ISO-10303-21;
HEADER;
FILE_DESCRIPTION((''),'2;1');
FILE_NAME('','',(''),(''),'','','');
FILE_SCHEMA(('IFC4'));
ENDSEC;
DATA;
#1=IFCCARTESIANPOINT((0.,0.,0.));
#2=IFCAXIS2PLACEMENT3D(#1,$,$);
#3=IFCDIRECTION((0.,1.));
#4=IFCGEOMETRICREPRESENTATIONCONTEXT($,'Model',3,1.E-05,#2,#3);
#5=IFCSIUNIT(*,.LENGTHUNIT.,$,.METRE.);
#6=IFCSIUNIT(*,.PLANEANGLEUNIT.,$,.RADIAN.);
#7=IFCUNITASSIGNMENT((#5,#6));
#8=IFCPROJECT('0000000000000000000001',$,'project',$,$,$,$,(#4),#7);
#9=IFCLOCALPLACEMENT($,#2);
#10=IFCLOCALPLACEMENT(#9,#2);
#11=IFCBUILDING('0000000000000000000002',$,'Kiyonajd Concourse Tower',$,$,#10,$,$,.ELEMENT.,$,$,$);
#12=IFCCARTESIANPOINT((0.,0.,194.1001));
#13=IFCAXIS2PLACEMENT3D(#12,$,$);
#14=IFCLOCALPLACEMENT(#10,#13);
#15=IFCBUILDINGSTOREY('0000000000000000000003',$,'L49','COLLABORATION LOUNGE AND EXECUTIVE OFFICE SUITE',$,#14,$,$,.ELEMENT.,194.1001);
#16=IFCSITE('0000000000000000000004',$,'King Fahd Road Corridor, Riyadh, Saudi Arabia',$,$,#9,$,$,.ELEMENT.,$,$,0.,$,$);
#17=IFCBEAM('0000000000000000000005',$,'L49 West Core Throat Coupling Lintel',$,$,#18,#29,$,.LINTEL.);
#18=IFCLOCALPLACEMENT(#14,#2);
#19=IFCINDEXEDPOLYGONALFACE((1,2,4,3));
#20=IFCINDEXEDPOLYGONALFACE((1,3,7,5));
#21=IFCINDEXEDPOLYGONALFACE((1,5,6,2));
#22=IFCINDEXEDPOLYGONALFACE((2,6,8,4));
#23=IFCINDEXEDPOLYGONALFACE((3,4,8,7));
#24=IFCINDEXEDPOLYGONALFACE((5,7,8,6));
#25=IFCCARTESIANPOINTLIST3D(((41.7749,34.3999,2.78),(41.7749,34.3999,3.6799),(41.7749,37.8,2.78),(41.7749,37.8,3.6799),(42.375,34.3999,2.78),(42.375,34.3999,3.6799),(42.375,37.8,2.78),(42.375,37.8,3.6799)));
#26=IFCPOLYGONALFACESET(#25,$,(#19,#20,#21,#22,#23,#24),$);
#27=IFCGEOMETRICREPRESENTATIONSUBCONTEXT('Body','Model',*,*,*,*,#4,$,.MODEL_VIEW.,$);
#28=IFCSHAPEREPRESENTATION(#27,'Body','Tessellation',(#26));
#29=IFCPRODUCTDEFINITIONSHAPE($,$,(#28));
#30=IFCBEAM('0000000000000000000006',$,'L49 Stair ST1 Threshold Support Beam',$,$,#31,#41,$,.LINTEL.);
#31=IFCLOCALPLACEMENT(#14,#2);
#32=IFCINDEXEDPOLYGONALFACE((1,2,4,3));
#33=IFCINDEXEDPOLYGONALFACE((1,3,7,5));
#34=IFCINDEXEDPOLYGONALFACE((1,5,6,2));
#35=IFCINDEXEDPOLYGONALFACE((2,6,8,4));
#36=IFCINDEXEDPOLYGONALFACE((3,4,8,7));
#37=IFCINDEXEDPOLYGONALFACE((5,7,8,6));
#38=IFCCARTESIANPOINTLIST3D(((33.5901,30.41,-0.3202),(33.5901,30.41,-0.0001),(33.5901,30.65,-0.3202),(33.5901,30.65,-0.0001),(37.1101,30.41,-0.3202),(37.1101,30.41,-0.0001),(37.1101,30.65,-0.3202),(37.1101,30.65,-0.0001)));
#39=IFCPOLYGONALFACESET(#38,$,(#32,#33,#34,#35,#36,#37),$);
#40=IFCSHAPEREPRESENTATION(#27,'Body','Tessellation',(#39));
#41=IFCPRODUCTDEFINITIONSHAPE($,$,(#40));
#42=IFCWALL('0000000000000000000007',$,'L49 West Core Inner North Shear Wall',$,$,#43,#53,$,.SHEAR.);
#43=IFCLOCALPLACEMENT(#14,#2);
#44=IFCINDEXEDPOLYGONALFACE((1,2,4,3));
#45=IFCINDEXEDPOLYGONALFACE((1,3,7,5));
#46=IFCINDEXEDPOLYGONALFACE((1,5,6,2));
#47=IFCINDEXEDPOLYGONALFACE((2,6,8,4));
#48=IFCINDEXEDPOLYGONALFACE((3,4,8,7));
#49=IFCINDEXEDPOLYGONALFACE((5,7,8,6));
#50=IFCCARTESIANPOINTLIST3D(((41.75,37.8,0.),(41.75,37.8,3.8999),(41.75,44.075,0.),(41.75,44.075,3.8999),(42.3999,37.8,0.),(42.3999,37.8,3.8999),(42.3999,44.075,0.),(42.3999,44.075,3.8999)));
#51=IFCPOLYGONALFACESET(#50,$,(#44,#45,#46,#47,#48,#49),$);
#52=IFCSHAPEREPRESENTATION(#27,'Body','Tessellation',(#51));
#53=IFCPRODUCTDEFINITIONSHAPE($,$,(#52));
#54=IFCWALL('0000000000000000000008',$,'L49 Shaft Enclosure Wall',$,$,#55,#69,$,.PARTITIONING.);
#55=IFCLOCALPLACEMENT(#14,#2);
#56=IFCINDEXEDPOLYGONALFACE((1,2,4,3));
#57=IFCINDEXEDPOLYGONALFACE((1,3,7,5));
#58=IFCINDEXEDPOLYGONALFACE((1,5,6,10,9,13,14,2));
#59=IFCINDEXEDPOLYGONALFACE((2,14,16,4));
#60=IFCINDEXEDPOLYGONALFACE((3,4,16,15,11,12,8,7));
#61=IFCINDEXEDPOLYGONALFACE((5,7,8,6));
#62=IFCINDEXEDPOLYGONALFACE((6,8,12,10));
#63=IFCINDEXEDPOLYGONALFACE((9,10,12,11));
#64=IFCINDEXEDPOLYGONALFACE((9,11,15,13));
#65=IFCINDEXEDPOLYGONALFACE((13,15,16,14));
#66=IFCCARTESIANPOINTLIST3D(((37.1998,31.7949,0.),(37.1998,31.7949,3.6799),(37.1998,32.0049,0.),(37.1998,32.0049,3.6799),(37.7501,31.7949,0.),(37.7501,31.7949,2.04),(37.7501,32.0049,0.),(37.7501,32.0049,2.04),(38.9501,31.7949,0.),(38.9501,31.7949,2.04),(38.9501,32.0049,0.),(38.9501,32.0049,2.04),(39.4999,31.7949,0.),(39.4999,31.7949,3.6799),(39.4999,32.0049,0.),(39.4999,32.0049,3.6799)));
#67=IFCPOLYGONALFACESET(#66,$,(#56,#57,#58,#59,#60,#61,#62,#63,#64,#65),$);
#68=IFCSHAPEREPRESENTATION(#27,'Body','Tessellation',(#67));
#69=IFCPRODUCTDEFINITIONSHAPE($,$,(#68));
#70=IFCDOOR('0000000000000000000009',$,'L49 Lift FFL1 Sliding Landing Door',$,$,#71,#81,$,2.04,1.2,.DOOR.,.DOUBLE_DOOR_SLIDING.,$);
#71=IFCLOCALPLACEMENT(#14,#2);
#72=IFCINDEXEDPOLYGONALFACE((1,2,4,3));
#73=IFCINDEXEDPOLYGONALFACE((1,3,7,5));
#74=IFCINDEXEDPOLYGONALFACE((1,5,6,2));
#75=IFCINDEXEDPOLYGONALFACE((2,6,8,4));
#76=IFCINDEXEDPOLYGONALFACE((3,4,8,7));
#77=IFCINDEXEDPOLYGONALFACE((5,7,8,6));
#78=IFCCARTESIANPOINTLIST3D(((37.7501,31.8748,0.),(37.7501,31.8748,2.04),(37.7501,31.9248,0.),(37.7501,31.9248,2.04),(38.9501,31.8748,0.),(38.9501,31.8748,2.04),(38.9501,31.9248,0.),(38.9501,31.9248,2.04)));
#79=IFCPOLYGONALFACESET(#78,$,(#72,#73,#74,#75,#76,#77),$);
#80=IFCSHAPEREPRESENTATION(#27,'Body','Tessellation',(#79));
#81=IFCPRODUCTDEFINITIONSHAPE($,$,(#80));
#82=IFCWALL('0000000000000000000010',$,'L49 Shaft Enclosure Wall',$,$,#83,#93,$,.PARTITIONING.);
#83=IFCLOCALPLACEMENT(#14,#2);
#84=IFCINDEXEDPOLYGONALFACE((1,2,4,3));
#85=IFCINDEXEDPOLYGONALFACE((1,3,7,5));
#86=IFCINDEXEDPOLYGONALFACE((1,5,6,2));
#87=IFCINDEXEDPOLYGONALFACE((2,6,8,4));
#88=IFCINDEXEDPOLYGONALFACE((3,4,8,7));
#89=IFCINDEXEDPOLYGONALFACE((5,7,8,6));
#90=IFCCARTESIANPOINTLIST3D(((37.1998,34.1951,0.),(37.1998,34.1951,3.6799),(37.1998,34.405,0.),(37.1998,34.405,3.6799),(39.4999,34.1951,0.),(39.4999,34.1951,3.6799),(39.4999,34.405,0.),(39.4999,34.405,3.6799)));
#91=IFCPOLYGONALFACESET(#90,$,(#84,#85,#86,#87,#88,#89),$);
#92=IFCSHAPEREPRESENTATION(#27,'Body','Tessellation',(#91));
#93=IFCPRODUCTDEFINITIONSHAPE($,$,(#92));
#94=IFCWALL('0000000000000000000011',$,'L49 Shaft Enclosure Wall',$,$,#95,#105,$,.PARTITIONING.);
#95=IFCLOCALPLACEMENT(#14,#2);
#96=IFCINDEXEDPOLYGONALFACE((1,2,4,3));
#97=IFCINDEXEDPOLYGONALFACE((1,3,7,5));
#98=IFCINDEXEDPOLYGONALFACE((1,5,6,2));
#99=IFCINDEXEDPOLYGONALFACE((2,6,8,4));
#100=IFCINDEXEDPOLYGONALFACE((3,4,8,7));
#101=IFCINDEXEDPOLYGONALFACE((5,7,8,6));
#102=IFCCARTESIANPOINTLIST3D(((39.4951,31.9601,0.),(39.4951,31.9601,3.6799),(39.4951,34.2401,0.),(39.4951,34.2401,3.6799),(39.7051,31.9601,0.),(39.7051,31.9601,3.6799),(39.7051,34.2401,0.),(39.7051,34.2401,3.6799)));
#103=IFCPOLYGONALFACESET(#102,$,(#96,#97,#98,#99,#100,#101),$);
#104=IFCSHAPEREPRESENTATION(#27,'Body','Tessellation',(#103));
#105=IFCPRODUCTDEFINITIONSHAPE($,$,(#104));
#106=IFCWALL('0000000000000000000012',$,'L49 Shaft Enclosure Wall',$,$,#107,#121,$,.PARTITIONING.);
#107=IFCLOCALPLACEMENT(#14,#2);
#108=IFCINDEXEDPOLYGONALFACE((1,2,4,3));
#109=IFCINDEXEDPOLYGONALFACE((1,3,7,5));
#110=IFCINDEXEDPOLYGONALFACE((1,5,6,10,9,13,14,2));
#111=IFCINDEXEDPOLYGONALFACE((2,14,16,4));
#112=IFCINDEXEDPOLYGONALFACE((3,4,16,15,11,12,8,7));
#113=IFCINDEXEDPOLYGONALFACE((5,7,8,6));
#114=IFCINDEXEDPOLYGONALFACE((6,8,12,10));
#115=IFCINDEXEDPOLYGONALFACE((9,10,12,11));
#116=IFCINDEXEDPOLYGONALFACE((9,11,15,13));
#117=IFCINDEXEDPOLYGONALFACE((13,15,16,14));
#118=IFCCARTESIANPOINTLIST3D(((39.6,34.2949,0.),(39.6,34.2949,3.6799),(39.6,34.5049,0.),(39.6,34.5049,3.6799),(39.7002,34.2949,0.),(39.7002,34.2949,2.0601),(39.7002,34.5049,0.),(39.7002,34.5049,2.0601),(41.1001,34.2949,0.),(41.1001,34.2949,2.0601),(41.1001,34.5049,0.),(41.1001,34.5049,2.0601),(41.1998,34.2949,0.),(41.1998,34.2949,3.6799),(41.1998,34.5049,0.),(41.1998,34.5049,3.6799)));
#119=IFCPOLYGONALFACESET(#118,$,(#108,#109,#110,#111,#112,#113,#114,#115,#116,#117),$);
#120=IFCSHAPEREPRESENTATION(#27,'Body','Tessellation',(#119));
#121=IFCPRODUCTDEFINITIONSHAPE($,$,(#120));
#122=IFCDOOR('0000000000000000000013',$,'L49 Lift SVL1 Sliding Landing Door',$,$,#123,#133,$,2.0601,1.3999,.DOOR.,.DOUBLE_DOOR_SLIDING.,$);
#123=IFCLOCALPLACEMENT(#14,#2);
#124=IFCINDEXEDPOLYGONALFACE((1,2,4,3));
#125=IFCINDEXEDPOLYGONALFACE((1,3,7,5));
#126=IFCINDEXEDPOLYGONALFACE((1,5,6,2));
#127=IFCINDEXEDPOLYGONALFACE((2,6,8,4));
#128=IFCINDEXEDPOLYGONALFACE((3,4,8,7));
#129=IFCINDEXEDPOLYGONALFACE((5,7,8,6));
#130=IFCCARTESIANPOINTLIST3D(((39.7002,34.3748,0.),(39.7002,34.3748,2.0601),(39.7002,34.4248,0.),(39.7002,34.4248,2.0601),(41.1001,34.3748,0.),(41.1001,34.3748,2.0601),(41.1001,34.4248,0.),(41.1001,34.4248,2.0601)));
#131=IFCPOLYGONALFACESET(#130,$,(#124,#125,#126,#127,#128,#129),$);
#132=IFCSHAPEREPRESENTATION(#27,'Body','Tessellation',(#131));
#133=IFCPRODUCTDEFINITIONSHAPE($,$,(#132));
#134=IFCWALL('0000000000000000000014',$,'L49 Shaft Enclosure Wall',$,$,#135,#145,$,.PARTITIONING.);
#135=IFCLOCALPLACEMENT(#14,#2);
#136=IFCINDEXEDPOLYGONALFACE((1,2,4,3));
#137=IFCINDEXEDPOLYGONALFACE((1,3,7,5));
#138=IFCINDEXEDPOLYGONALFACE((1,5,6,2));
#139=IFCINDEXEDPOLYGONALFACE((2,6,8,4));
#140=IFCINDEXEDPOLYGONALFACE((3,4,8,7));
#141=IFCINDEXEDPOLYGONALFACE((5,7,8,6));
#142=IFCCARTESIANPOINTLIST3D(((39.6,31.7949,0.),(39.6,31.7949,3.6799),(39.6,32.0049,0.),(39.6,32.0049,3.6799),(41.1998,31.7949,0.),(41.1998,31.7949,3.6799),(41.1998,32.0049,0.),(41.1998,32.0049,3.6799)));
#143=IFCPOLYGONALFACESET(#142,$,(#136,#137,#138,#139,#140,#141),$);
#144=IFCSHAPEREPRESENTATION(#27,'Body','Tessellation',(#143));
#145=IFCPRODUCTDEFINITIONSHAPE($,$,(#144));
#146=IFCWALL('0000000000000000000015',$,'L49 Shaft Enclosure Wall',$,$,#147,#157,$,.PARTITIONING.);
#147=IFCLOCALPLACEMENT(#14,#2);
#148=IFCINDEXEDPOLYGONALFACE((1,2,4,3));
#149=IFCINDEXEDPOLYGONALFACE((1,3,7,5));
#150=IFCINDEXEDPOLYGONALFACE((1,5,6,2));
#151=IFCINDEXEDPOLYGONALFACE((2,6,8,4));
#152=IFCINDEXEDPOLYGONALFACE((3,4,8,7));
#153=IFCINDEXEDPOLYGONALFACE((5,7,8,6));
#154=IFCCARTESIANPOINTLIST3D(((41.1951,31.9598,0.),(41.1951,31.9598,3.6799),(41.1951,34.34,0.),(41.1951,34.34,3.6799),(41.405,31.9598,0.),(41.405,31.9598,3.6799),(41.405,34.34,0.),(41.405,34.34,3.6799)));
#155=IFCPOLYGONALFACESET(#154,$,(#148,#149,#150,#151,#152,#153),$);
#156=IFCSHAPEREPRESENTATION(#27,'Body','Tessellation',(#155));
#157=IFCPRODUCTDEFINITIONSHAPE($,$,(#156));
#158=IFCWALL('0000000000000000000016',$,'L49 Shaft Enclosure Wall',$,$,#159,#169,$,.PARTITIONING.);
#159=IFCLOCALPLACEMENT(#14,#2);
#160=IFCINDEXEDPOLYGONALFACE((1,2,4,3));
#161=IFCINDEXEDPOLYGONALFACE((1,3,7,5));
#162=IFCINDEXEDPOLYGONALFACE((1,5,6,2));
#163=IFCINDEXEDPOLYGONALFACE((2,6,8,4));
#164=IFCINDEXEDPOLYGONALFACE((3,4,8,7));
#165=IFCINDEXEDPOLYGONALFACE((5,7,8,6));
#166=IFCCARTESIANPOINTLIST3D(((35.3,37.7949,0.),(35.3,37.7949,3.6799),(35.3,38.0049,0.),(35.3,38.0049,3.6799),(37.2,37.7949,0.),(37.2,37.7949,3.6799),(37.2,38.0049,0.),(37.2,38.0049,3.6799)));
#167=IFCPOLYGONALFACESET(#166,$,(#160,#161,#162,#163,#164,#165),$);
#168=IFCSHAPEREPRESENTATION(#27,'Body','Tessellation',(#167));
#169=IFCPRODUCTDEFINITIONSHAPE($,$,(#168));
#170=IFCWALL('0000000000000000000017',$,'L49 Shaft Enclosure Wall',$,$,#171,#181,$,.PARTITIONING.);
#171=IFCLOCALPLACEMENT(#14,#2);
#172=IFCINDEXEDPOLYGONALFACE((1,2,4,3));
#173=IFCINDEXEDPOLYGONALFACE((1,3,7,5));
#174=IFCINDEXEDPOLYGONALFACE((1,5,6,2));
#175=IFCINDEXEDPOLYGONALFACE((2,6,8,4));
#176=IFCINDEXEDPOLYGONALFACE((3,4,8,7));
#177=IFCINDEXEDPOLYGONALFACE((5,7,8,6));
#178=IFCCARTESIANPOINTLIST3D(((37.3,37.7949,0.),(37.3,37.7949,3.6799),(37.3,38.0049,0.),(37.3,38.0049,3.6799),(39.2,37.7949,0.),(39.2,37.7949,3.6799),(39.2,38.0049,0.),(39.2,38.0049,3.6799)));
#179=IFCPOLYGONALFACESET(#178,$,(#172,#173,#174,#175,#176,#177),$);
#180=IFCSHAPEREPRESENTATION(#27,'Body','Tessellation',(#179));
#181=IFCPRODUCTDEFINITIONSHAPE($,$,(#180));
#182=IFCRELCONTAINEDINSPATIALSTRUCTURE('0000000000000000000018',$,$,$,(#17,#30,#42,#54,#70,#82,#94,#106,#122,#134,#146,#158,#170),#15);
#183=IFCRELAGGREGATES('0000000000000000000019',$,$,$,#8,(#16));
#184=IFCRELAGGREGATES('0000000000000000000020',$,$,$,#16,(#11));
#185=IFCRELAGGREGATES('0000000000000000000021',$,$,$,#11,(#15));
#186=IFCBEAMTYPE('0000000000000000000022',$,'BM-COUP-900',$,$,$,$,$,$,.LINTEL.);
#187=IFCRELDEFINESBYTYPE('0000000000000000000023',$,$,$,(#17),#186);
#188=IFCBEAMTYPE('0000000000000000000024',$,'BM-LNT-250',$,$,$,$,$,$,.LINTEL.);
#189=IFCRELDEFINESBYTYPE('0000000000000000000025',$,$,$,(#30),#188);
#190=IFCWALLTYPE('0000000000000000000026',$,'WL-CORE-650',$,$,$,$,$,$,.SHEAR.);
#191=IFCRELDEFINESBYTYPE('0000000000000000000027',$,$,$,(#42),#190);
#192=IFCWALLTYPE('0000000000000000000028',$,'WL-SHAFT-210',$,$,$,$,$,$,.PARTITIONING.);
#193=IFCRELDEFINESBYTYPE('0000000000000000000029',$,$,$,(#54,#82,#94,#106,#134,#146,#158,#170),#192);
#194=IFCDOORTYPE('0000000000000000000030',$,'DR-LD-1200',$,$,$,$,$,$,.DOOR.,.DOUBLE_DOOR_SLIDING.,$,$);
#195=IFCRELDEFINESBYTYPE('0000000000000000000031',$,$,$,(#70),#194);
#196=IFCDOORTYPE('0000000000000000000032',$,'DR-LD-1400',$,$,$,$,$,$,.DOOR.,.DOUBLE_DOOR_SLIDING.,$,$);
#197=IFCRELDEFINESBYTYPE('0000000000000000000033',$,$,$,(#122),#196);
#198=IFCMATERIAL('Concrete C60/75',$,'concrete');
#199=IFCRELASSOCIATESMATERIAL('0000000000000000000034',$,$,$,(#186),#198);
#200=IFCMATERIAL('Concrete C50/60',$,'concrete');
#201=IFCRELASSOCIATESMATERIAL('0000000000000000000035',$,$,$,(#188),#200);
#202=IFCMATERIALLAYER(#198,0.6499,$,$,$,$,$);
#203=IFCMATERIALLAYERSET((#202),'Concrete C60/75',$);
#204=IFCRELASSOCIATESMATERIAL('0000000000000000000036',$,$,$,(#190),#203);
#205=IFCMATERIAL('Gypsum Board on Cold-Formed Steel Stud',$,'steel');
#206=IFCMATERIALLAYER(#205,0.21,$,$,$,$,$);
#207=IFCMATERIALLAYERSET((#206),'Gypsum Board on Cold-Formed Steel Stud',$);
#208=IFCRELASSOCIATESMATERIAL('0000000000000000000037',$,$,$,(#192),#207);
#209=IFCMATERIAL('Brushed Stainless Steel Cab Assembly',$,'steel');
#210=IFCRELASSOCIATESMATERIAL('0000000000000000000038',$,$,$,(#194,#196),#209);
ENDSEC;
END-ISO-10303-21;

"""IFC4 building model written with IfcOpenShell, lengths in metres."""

from ifc_helpers import new_model, si_unit, direction, frame, frame_2d, origin, origin_2d, place, context, subcontext, project, spatial, rectangle, extrude, material, layer, layer_set, material_profile, profile_set, type_object, element, fill, save


model = new_model("IFC4")

# Units and contexts
model_context = context("Model", 3, precision=1e-05, world=origin(), true_north=direction((0.0, 1.0)))
body_context = subcontext(model_context, "Body", "Model", "MODEL_VIEW")
ifc_project = project(units=[si_unit("LENGTHUNIT", "METRE"), si_unit("PLANEANGLEUNIT", "RADIAN")], contexts=[model_context])

# Site, building, storey
site_placement = place(None, origin())
site = spatial("IfcSite", under=ifc_project, at=site_placement, Name="King Fahd Road Corridor, Riyadh, Saudi Arabia", CompositionType="ELEMENT", RefElevation=0.0)
building_placement = place(site_placement, origin())
building = spatial("IfcBuilding", under=site, at=building_placement, Name="Kiyonajd Concourse Tower", CompositionType="ELEMENT")
storey_placement = place(building_placement, frame((0.0, 0.0, 194.1001)))
storey = spatial("IfcBuildingStorey", under=building, at=storey_placement, Name="L49", Description="COLLABORATION LOUNGE AND EXECUTIVE OFFICE SUITE", CompositionType="ELEMENT", Elevation=194.1001)

# Beams
ifc_material_1 = material(Name="Concrete C60/75", Category="concrete")
ifc_material_profile_1 = material_profile(ifc_material_1, rectangle(XDim=0.6001, YDim=0.8999, at=origin_2d()), Name="RCBM-600x900")
ifc_profile_set_1 = profile_set([ifc_material_profile_1], Name="Concrete C60/75")
beam_type_1 = type_object("IfcBeamType", Name="BM-COUP-900", PredefinedType="LINTEL", material=ifc_profile_set_1)
beam_1_placement = place(storey_placement, frame((42.075, 34.3999, 3.23), z_axis=(0.0, 1.0, 0.0), x_axis=(-1.0, 0.0, 0.0)))
element("IfcBeam", 1, at=beam_1_placement, inside=storey, type_object=beam_type_1, Name="L49 West Core Throat Coupling Lintel", PredefinedType="LINTEL", context=body_context, shape_type="SweptSolid", body=[
    extrude(rectangle(XDim=0.6001, YDim=0.8999, at=origin_2d()), origin(), (0.0, 0.0, 1.0), 3.4001),
])
ifc_material_2 = material(Name="Concrete C50/60", Category="concrete")
ifc_material_profile_2 = material_profile(ifc_material_2, rectangle(XDim=0.24, YDim=0.3201, at=origin_2d()), Name="RCBM-240x320")
ifc_profile_set_2 = profile_set([ifc_material_profile_2], Name="Concrete C50/60")
beam_type_2 = type_object("IfcBeamType", Name="BM-LNT-250", PredefinedType="LINTEL", material=ifc_profile_set_2)
beam_2_placement = place(storey_placement, frame((33.5901, 30.53, -0.1602), z_axis=(1.0, 0.0, 0.0), x_axis=(0.0, 1.0, 0.0)))
element("IfcBeam", 2, at=beam_2_placement, inside=storey, type_object=beam_type_2, Name="L49 Stair ST1 Threshold Support Beam", PredefinedType="LINTEL", context=body_context, shape_type="SweptSolid", body=[
    extrude(rectangle(XDim=0.24, YDim=0.3201, at=origin_2d()), origin(), (0.0, 0.0, 1.0), 3.52),
])

# Wall
ifc_layer_1 = layer(ifc_material_1, 0.6499)
ifc_layer_set_1 = layer_set([ifc_layer_1], Name="Concrete C60/75")
wall_type_1 = type_object("IfcWallType", Name="WL-CORE-650", PredefinedType="SHEAR", material=ifc_layer_set_1)
wall_1_placement = place(storey_placement, frame((42.075, 37.8, 0.0), z_axis=(0.0, 0.0, 1.0), x_axis=(0.0, 1.0, 0.0)))
element("IfcWall", 3, at=wall_1_placement, inside=storey, type_object=wall_type_1, Name="L49 West Core Inner North Shear Wall", PredefinedType="SHEAR", context=body_context, shape_type="SweptSolid", body=[
    extrude(rectangle(XDim=6.2749, YDim=0.6499, at=frame_2d((3.1375, 0.0))), origin(), (0.0, 0.0, 1.0), 3.8999),
])

# Wall, opening, door
ifc_material_3 = material(Name="Gypsum Board on Cold-Formed Steel Stud", Category="steel")
ifc_layer_2 = layer(ifc_material_3, 0.21)
ifc_layer_set_2 = layer_set([ifc_layer_2], Name="Gypsum Board on Cold-Formed Steel Stud")
wall_type_2 = type_object("IfcWallType", Name="WL-SHAFT-210", PredefinedType="PARTITIONING", material=ifc_layer_set_2)
wall_2_placement = place(storey_placement, frame((37.2, 31.8999, 0.0), z_axis=(0.0, 0.0, 1.0), x_axis=(1.0, 0.0, 0.0)))
wall_2 = element("IfcWall", 4, at=wall_2_placement, inside=storey, type_object=wall_type_2, Name="L49 Shaft Enclosure Wall", PredefinedType="PARTITIONING", context=body_context, shape_type="SweptSolid", body=[
    extrude(rectangle(XDim=2.3, YDim=0.21, at=frame_2d((1.1499, 0.0))), origin(), (0.0, 0.0, 1.0), 3.6799),
])
opening_1_placement = place(wall_2_placement, frame((0.55, 0.0, 0.0)))
opening_1 = element("IfcOpeningElement", 5, at=opening_1_placement, cuts=wall_2, PredefinedType="OPENING", context=body_context, shape_type="SweptSolid", body=[
    extrude(rectangle(XDim=1.2, YDim=2.04, at=frame_2d((0.6001, 1.02))), frame((0.0, 0.115, 0.0), z_axis=(0.0, -1.0, 0.0), x_axis=(1.0, 0.0, 0.0)), (0.0, 0.0, 1.0), 0.23),
])
ifc_material_4 = material(Name="Brushed Stainless Steel Cab Assembly", Category="steel")
door_type_1 = type_object("IfcDoorType", Name="DR-LD-1200", OperationType="DOUBLE_DOOR_SLIDING", PredefinedType="DOOR", material=ifc_material_4)
door_1_placement = place(opening_1_placement, origin())
door_1 = element("IfcDoor", 6, at=door_1_placement, inside=storey, type_object=door_type_1, Name="L49 Lift FFL1 Sliding Landing Door", OperationType="DOUBLE_DOOR_SLIDING", OverallHeight=2.04, OverallWidth=1.2, PredefinedType="DOOR", context=body_context, shape_type="SweptSolid", body=[
    extrude(rectangle(XDim=1.2, YDim=2.04, at=frame_2d((0.6001, 1.02))), frame((0.0, 0.0249, 0.0), z_axis=(0.0, -1.0, 0.0), x_axis=(1.0, 0.0, 0.0)), (0.0, 0.0, 1.0), 0.05),
])
fill(opening_1, door_1)

# Walls
wall_3_placement = place(storey_placement, frame((37.2, 34.3, 0.0), z_axis=(0.0, 0.0, 1.0), x_axis=(1.0, 0.0, 0.0)))
element("IfcWall", 7, at=wall_3_placement, inside=storey, type_object=wall_type_2, Name="L49 Shaft Enclosure Wall", PredefinedType="PARTITIONING", context=body_context, shape_type="SweptSolid", body=[
    extrude(rectangle(XDim=2.3, YDim=0.21, at=frame_2d((1.1499, 0.0))), origin(), (0.0, 0.0, 1.0), 3.6799),
])
wall_4_placement = place(storey_placement, frame((39.6001, 31.96, 0.0), z_axis=(0.0, 0.0, 1.0), x_axis=(0.0, 1.0, 0.0)))
element("IfcWall", 8, at=wall_4_placement, inside=storey, type_object=wall_type_2, Name="L49 Shaft Enclosure Wall", PredefinedType="PARTITIONING", context=body_context, shape_type="SweptSolid", body=[
    extrude(rectangle(XDim=2.28, YDim=0.21, at=frame_2d((1.1401, 0.0))), origin(), (0.0, 0.0, 1.0), 3.6799),
])

# Wall, opening, door
wall_5_placement = place(storey_placement, frame((39.6001, 34.3999, 0.0), z_axis=(0.0, 0.0, 1.0), x_axis=(1.0, 0.0, 0.0)))
wall_5 = element("IfcWall", 9, at=wall_5_placement, inside=storey, type_object=wall_type_2, Name="L49 Shaft Enclosure Wall", PredefinedType="PARTITIONING", context=body_context, shape_type="SweptSolid", body=[
    extrude(rectangle(XDim=1.5999, YDim=0.21, at=frame_2d((0.7998, 0.0))), origin(), (0.0, 0.0, 1.0), 3.6799),
])
opening_2_placement = place(wall_5_placement, frame((0.1001, 0.0, 0.0)))
opening_2 = element("IfcOpeningElement", 10, at=opening_2_placement, cuts=wall_5, PredefinedType="OPENING", context=body_context, shape_type="SweptSolid", body=[
    extrude(rectangle(XDim=1.3999, YDim=2.0601, at=frame_2d((0.7, 1.03))), frame((0.0, 0.115, 0.0), z_axis=(0.0, -1.0, 0.0), x_axis=(1.0, 0.0, 0.0)), (0.0, 0.0, 1.0), 0.23),
])
door_type_2 = type_object("IfcDoorType", Name="DR-LD-1400", OperationType="DOUBLE_DOOR_SLIDING", PredefinedType="DOOR", material=ifc_material_4)
door_2_placement = place(opening_2_placement, origin())
door_2 = element("IfcDoor", 11, at=door_2_placement, inside=storey, type_object=door_type_2, Name="L49 Lift SVL1 Sliding Landing Door", OperationType="DOUBLE_DOOR_SLIDING", OverallHeight=2.0601, OverallWidth=1.3999, PredefinedType="DOOR", context=body_context, shape_type="SweptSolid", body=[
    extrude(rectangle(XDim=1.3999, YDim=2.0601, at=frame_2d((0.7, 1.03))), frame((0.0, 0.0249, 0.0), z_axis=(0.0, -1.0, 0.0), x_axis=(1.0, 0.0, 0.0)), (0.0, 0.0, 1.0), 0.05),
])
fill(opening_2, door_2)

# Walls
wall_6_placement = place(storey_placement, frame((39.6001, 31.8999, 0.0), z_axis=(0.0, 0.0, 1.0), x_axis=(1.0, 0.0, 0.0)))
element("IfcWall", 12, at=wall_6_placement, inside=storey, type_object=wall_type_2, Name="L49 Shaft Enclosure Wall", PredefinedType="PARTITIONING", context=body_context, shape_type="SweptSolid", body=[
    extrude(rectangle(XDim=1.5999, YDim=0.21, at=frame_2d((0.7998, 0.0))), origin(), (0.0, 0.0, 1.0), 3.6799),
])
wall_7_placement = place(storey_placement, frame((41.3, 31.96, 0.0), z_axis=(0.0, 0.0, 1.0), x_axis=(0.0, 1.0, 0.0)))
element("IfcWall", 13, at=wall_7_placement, inside=storey, type_object=wall_type_2, Name="L49 Shaft Enclosure Wall", PredefinedType="PARTITIONING", context=body_context, shape_type="SweptSolid", body=[
    extrude(rectangle(XDim=2.3801, YDim=0.21, at=frame_2d((1.1899, 0.0))), origin(), (0.0, 0.0, 1.0), 3.6799),
])
for number, where, z_axis, x_axis, name in (
    (14, (35.3, 37.8999, 0.0), (0.0, 0.0, 1.0), (1.0, 0.0, 0.0), "L49 Shaft Enclosure Wall"),
    (15, (37.3, 37.8999, 0.0), (0.0, 0.0, 1.0), (1.0, 0.0, 0.0), "L49 Shaft Enclosure Wall"),
):
    element("IfcWall", number, at=place(storey_placement, frame(where, z_axis=z_axis, x_axis=x_axis)), inside=storey, type_object=wall_type_2, Name=name, PredefinedType="PARTITIONING", context=body_context, shape_type="SweptSolid", body=[
        extrude(rectangle(XDim=1.8999, YDim=0.21, at=frame_2d((0.95, 0.0))), origin(), (0.0, 0.0, 1.0), 3.6799),
    ])

save(model, "model.ifc")
